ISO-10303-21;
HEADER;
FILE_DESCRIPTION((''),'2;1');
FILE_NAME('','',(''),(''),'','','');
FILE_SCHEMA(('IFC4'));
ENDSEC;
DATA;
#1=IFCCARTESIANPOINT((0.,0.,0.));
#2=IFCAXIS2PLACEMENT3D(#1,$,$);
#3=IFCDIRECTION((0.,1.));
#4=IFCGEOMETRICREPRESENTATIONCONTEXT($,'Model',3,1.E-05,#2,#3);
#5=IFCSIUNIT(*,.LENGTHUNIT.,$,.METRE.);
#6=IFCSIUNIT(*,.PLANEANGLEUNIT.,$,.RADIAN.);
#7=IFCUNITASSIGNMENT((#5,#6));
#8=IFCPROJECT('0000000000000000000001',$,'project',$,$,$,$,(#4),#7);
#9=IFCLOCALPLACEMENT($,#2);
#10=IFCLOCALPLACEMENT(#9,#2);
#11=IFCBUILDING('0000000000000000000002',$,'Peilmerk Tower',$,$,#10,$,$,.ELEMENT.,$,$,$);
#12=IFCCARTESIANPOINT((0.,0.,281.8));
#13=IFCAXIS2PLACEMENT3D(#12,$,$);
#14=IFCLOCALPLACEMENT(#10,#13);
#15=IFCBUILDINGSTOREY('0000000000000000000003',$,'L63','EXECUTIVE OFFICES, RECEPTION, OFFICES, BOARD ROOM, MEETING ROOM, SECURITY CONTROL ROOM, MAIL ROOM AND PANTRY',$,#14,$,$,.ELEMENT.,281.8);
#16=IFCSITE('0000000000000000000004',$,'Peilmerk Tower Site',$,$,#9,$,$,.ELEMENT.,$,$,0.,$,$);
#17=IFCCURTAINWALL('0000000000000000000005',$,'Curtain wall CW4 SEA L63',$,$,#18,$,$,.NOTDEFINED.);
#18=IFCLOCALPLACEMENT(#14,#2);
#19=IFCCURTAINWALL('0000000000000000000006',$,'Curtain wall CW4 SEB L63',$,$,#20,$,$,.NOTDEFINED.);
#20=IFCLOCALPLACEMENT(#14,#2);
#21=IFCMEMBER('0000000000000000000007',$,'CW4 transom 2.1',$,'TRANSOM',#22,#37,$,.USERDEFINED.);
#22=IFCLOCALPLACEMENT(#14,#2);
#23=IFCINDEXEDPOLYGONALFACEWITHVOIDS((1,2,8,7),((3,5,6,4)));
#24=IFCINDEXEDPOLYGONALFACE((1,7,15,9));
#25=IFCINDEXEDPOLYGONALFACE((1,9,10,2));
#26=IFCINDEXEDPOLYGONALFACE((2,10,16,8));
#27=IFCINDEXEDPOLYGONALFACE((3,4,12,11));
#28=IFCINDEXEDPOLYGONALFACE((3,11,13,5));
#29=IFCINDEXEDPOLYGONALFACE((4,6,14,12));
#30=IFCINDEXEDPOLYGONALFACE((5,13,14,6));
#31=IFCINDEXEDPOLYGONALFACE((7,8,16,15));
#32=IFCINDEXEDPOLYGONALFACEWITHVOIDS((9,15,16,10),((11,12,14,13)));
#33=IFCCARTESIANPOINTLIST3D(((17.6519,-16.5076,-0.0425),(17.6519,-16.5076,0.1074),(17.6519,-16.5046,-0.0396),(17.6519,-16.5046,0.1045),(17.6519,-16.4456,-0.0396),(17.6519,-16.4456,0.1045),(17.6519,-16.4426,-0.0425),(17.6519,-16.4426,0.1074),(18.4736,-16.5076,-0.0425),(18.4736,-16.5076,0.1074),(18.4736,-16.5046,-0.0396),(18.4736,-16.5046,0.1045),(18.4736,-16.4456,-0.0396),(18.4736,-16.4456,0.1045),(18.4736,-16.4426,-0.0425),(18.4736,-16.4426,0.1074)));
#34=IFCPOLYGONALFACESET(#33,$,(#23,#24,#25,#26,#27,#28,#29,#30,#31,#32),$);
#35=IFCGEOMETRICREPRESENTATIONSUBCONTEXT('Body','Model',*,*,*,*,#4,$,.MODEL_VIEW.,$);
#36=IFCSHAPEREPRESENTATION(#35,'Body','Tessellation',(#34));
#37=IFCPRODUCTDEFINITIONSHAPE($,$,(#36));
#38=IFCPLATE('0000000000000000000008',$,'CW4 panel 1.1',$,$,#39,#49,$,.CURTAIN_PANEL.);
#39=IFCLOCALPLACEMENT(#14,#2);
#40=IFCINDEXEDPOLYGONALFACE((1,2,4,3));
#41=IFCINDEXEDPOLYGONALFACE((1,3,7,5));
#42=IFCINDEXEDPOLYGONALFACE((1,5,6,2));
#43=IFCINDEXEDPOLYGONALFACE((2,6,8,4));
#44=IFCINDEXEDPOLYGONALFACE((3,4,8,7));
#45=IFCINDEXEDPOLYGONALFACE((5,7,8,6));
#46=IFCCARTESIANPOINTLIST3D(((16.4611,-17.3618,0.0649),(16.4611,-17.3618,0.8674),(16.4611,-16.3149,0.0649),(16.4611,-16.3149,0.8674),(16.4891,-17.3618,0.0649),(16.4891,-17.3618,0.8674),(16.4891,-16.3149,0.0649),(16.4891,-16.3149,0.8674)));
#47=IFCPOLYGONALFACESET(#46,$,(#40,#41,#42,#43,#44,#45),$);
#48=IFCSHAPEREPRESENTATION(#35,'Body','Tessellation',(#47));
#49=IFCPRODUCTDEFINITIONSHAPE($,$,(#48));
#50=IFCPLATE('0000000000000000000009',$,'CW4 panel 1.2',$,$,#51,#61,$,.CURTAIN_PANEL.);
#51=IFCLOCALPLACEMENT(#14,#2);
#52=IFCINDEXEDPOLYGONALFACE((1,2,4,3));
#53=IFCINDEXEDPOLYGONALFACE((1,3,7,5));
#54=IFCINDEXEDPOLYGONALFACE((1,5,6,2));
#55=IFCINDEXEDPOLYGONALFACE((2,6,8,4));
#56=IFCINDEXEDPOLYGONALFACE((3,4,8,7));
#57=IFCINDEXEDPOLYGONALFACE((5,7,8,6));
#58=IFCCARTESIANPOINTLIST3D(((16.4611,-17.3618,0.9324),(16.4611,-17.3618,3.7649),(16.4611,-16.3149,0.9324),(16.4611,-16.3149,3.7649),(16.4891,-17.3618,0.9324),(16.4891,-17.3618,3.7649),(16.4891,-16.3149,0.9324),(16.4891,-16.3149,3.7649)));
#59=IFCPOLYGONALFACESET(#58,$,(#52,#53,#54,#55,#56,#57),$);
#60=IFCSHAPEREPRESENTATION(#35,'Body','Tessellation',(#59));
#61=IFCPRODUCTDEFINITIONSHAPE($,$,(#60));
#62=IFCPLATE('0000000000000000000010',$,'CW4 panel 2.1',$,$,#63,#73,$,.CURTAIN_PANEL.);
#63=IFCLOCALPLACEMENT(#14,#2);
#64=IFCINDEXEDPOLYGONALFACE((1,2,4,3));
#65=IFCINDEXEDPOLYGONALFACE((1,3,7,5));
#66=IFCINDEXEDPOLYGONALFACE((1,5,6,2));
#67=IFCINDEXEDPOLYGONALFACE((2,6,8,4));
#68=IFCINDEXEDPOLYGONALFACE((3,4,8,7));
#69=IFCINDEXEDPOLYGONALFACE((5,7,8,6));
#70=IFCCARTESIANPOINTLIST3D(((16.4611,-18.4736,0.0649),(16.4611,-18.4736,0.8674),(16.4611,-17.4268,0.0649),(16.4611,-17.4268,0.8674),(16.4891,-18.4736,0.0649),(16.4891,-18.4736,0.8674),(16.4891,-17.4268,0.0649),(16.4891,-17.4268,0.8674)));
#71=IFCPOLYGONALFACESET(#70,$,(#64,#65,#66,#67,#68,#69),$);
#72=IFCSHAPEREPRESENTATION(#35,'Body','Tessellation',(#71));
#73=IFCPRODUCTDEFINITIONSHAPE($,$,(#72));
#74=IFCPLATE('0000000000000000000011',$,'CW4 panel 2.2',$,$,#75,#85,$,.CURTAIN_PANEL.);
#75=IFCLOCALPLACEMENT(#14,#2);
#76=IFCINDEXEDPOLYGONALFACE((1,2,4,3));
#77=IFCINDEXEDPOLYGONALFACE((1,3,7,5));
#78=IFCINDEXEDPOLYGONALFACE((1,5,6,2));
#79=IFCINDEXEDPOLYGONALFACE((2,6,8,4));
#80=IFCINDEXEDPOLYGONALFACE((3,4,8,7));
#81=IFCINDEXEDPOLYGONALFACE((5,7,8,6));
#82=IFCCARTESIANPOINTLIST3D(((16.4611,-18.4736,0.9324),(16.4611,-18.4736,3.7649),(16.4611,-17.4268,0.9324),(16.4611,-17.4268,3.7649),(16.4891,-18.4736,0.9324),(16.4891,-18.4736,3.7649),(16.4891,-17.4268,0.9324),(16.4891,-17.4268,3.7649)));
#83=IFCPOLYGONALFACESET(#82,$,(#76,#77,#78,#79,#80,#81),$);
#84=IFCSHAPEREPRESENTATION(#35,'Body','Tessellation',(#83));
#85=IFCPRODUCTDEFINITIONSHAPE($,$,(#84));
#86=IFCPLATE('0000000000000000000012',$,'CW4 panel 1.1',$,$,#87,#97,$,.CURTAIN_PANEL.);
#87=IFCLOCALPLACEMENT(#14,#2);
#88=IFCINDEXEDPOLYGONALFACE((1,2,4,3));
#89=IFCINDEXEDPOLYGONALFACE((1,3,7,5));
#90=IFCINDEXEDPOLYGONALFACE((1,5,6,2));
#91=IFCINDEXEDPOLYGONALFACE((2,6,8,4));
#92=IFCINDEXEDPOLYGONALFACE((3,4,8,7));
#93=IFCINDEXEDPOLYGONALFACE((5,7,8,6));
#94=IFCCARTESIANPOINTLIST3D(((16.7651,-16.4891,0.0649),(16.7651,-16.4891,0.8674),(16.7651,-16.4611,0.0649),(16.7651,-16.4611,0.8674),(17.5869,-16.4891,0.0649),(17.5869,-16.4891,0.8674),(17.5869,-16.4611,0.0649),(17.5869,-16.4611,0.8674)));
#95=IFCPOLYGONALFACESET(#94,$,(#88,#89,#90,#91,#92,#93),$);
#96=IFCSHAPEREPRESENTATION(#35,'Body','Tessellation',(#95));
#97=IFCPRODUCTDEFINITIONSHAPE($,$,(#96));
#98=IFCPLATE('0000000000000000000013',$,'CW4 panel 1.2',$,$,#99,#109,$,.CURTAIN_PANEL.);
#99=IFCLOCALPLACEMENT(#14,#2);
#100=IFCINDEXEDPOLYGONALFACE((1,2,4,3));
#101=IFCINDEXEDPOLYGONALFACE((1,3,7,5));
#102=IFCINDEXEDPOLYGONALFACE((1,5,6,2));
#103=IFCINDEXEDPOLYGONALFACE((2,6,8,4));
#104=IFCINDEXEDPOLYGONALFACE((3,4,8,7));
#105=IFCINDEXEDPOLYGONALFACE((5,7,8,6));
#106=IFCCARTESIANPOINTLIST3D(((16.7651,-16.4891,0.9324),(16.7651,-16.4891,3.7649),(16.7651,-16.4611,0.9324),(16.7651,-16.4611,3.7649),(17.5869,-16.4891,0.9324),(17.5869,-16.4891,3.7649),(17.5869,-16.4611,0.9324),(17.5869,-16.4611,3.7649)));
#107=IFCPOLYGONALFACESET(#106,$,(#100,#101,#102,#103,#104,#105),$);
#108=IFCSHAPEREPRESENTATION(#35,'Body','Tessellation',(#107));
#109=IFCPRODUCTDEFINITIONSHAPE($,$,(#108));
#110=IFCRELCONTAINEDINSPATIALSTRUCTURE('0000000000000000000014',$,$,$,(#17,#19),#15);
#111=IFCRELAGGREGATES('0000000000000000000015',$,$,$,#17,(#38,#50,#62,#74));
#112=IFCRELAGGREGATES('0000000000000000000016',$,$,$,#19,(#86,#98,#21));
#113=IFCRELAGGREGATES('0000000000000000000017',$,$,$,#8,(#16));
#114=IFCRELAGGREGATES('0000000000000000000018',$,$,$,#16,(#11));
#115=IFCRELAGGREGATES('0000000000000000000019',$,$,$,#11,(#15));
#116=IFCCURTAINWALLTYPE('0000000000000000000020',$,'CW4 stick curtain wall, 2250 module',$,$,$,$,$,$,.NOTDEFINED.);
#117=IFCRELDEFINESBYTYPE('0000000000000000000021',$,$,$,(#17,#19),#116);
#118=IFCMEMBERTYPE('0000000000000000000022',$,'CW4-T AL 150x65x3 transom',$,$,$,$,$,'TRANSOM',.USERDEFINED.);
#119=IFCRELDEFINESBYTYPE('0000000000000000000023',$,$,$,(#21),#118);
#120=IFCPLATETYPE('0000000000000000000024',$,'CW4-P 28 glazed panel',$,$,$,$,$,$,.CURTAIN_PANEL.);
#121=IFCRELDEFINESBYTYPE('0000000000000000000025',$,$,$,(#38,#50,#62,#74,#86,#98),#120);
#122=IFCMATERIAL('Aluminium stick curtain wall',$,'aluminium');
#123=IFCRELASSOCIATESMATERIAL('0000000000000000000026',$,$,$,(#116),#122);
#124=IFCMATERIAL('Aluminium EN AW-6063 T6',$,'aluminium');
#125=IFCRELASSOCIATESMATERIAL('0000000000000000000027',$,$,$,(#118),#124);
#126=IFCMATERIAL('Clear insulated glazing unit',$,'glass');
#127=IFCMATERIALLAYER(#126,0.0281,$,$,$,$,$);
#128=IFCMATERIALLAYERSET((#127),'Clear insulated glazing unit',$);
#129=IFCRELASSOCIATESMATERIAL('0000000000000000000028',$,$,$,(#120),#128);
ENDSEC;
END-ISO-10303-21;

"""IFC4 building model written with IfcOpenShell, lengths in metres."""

from ifc_helpers import new_model, si_unit, direction, frame, origin, origin_2d, place, context, subcontext, project, spatial, rectangle, hollow_rectangle, extrude, material, layer, layer_set, material_profile, profile_set, type_object, element, aggregate, save


model = new_model("IFC4")

# Units and contexts
model_context = context("Model", 3, precision=1e-05, world=origin(), true_north=direction((0.0, 1.0)))
body_context = subcontext(model_context, "Body", "Model", "MODEL_VIEW")
ifc_project = project(units=[si_unit("LENGTHUNIT", "METRE"), si_unit("PLANEANGLEUNIT", "RADIAN")], contexts=[model_context])

# Site, building, storey
site_placement = place(None, origin())
site = spatial("IfcSite", under=ifc_project, at=site_placement, Name="Peilmerk Tower Site", CompositionType="ELEMENT", RefElevation=0.0)
building_placement = place(site_placement, origin())
building = spatial("IfcBuilding", under=site, at=building_placement, Name="Peilmerk Tower", CompositionType="ELEMENT")
storey_placement = place(building_placement, frame((0.0, 0.0, 281.8)))
storey = spatial("IfcBuildingStorey", under=building, at=storey_placement, Name="L63", Description="EXECUTIVE OFFICES, RECEPTION, OFFICES, BOARD ROOM, MEETING ROOM, SECURITY CONTROL ROOM, MAIL ROOM AND PANTRY", CompositionType="ELEMENT", Elevation=281.8)

# Curtain walls
ifc_material_1 = material(Name="Aluminium stick curtain wall", Category="aluminium")
curtain_wall_type = type_object("IfcCurtainWallType", Name="CW4 stick curtain wall, 2250 module", PredefinedType="NOTDEFINED", material=ifc_material_1)
curtain_wall_1_placement = place(storey_placement, origin())
curtain_wall_1 = element("IfcCurtainWall", 1, at=curtain_wall_1_placement, inside=storey, type_object=curtain_wall_type, Name="Curtain wall CW4 SEA L63", PredefinedType="NOTDEFINED")
ifc_material_2 = material(Name="Aluminium EN AW-6063 T6", Category="aluminium")
curtain_wall_2_placement = place(storey_placement, origin())
curtain_wall_2 = element("IfcCurtainWall", 2, at=curtain_wall_2_placement, inside=storey, type_object=curtain_wall_type, Name="Curtain wall CW4 SEB L63", PredefinedType="NOTDEFINED")

# Member
ifc_material_profile_1 = material_profile(ifc_material_2, hollow_rectangle(XDim=0.0649, YDim=0.1499, WallThickness=0.0029, at=origin_2d()), Name="AL 150x65x3")
ifc_profile_set_1 = profile_set([ifc_material_profile_1], Name="Aluminium EN AW-6063 T6")
member_type_1 = type_object("IfcMemberType", Name="CW4-T AL 150x65x3 transom", ElementType="TRANSOM", PredefinedType="USERDEFINED", material=ifc_profile_set_1)
member_1_placement = place(storey_placement, frame((17.6519, -16.4751, 0.0325), z_axis=(1.0, 0.0, 0.0), x_axis=(0.0, 1.0, 0.0)))
member_1 = element("IfcMember", 3, at=member_1_placement, type_object=member_type_1, Name="CW4 transom 2.1", ObjectType="TRANSOM", PredefinedType="USERDEFINED", context=body_context, shape_type="SweptSolid", body=[
    extrude(hollow_rectangle(XDim=0.0649, YDim=0.1499, WallThickness=0.0029, at=origin_2d()), origin(), (0.0, 0.0, 1.0), 0.8218),
])

# Plates
ifc_material_3 = material(Name="Clear insulated glazing unit", Category="glass")
ifc_layer_1 = layer(ifc_material_3, 0.0281)
ifc_layer_set_1 = layer_set([ifc_layer_1], Name="Clear insulated glazing unit")
plate_type = type_object("IfcPlateType", Name="CW4-P 28 glazed panel", PredefinedType="CURTAIN_PANEL", material=ifc_layer_set_1)
plate_1_placement = place(storey_placement, frame((16.4751, -16.8384, 0.0649), z_axis=(0.0, 0.0, 1.0), x_axis=(0.0, -1.0, 0.0)))
plate_1 = element("IfcPlate", 4, at=plate_1_placement, type_object=plate_type, Name="CW4 panel 1.1", PredefinedType="CURTAIN_PANEL", context=body_context, shape_type="SweptSolid", body=[
    extrude(rectangle(XDim=1.0469, YDim=0.0281, at=origin_2d()), origin(), (0.0, 0.0, 1.0), 0.8025),
])
plate_2_placement = place(storey_placement, frame((16.4751, -16.8384, 0.9324), z_axis=(0.0, 0.0, 1.0), x_axis=(0.0, -1.0, 0.0)))
plate_2 = element("IfcPlate", 5, at=plate_2_placement, type_object=plate_type, Name="CW4 panel 1.2", PredefinedType="CURTAIN_PANEL", context=body_context, shape_type="SweptSolid", body=[
    extrude(rectangle(XDim=1.0469, YDim=0.0281, at=origin_2d()), origin(), (0.0, 0.0, 1.0), 2.8325),
])
plate_3_placement = place(storey_placement, frame((16.4751, -17.9502, 0.0649), z_axis=(0.0, 0.0, 1.0), x_axis=(0.0, -1.0, 0.0)))
plate_3 = element("IfcPlate", 6, at=plate_3_placement, type_object=plate_type, Name="CW4 panel 2.1", PredefinedType="CURTAIN_PANEL", context=body_context, shape_type="SweptSolid", body=[
    extrude(rectangle(XDim=1.0469, YDim=0.0281, at=origin_2d()), origin(), (0.0, 0.0, 1.0), 0.8025),
])
plate_4_placement = place(storey_placement, frame((16.4751, -17.9502, 0.9324), z_axis=(0.0, 0.0, 1.0), x_axis=(0.0, -1.0, 0.0)))
plate_4 = element("IfcPlate", 7, at=plate_4_placement, type_object=plate_type, Name="CW4 panel 2.2", PredefinedType="CURTAIN_PANEL", context=body_context, shape_type="SweptSolid", body=[
    extrude(rectangle(XDim=1.0469, YDim=0.0281, at=origin_2d()), origin(), (0.0, 0.0, 1.0), 2.8325),
])
aggregate(curtain_wall_1, [plate_1, plate_2, plate_3, plate_4])
plate_5_placement = place(storey_placement, frame((17.176, -16.4751, 0.0649), z_axis=(0.0, 0.0, 1.0), x_axis=(1.0, 0.0, 0.0)))
plate_5 = element("IfcPlate", 8, at=plate_5_placement, type_object=plate_type, Name="CW4 panel 1.1", PredefinedType="CURTAIN_PANEL", context=body_context, shape_type="SweptSolid", body=[
    extrude(rectangle(XDim=0.8218, YDim=0.0281, at=origin_2d()), origin(), (0.0, 0.0, 1.0), 0.8025),
])
plate_6_placement = place(storey_placement, frame((17.176, -16.4751, 0.9324), z_axis=(0.0, 0.0, 1.0), x_axis=(1.0, 0.0, 0.0)))
plate_6 = element("IfcPlate", 9, at=plate_6_placement, type_object=plate_type, Name="CW4 panel 1.2", PredefinedType="CURTAIN_PANEL", context=body_context, shape_type="SweptSolid", body=[
    extrude(rectangle(XDim=0.8218, YDim=0.0281, at=origin_2d()), origin(), (0.0, 0.0, 1.0), 2.8325),
])
aggregate(curtain_wall_2, [plate_5, plate_6, member_1])

save(model, "model.ifc")
